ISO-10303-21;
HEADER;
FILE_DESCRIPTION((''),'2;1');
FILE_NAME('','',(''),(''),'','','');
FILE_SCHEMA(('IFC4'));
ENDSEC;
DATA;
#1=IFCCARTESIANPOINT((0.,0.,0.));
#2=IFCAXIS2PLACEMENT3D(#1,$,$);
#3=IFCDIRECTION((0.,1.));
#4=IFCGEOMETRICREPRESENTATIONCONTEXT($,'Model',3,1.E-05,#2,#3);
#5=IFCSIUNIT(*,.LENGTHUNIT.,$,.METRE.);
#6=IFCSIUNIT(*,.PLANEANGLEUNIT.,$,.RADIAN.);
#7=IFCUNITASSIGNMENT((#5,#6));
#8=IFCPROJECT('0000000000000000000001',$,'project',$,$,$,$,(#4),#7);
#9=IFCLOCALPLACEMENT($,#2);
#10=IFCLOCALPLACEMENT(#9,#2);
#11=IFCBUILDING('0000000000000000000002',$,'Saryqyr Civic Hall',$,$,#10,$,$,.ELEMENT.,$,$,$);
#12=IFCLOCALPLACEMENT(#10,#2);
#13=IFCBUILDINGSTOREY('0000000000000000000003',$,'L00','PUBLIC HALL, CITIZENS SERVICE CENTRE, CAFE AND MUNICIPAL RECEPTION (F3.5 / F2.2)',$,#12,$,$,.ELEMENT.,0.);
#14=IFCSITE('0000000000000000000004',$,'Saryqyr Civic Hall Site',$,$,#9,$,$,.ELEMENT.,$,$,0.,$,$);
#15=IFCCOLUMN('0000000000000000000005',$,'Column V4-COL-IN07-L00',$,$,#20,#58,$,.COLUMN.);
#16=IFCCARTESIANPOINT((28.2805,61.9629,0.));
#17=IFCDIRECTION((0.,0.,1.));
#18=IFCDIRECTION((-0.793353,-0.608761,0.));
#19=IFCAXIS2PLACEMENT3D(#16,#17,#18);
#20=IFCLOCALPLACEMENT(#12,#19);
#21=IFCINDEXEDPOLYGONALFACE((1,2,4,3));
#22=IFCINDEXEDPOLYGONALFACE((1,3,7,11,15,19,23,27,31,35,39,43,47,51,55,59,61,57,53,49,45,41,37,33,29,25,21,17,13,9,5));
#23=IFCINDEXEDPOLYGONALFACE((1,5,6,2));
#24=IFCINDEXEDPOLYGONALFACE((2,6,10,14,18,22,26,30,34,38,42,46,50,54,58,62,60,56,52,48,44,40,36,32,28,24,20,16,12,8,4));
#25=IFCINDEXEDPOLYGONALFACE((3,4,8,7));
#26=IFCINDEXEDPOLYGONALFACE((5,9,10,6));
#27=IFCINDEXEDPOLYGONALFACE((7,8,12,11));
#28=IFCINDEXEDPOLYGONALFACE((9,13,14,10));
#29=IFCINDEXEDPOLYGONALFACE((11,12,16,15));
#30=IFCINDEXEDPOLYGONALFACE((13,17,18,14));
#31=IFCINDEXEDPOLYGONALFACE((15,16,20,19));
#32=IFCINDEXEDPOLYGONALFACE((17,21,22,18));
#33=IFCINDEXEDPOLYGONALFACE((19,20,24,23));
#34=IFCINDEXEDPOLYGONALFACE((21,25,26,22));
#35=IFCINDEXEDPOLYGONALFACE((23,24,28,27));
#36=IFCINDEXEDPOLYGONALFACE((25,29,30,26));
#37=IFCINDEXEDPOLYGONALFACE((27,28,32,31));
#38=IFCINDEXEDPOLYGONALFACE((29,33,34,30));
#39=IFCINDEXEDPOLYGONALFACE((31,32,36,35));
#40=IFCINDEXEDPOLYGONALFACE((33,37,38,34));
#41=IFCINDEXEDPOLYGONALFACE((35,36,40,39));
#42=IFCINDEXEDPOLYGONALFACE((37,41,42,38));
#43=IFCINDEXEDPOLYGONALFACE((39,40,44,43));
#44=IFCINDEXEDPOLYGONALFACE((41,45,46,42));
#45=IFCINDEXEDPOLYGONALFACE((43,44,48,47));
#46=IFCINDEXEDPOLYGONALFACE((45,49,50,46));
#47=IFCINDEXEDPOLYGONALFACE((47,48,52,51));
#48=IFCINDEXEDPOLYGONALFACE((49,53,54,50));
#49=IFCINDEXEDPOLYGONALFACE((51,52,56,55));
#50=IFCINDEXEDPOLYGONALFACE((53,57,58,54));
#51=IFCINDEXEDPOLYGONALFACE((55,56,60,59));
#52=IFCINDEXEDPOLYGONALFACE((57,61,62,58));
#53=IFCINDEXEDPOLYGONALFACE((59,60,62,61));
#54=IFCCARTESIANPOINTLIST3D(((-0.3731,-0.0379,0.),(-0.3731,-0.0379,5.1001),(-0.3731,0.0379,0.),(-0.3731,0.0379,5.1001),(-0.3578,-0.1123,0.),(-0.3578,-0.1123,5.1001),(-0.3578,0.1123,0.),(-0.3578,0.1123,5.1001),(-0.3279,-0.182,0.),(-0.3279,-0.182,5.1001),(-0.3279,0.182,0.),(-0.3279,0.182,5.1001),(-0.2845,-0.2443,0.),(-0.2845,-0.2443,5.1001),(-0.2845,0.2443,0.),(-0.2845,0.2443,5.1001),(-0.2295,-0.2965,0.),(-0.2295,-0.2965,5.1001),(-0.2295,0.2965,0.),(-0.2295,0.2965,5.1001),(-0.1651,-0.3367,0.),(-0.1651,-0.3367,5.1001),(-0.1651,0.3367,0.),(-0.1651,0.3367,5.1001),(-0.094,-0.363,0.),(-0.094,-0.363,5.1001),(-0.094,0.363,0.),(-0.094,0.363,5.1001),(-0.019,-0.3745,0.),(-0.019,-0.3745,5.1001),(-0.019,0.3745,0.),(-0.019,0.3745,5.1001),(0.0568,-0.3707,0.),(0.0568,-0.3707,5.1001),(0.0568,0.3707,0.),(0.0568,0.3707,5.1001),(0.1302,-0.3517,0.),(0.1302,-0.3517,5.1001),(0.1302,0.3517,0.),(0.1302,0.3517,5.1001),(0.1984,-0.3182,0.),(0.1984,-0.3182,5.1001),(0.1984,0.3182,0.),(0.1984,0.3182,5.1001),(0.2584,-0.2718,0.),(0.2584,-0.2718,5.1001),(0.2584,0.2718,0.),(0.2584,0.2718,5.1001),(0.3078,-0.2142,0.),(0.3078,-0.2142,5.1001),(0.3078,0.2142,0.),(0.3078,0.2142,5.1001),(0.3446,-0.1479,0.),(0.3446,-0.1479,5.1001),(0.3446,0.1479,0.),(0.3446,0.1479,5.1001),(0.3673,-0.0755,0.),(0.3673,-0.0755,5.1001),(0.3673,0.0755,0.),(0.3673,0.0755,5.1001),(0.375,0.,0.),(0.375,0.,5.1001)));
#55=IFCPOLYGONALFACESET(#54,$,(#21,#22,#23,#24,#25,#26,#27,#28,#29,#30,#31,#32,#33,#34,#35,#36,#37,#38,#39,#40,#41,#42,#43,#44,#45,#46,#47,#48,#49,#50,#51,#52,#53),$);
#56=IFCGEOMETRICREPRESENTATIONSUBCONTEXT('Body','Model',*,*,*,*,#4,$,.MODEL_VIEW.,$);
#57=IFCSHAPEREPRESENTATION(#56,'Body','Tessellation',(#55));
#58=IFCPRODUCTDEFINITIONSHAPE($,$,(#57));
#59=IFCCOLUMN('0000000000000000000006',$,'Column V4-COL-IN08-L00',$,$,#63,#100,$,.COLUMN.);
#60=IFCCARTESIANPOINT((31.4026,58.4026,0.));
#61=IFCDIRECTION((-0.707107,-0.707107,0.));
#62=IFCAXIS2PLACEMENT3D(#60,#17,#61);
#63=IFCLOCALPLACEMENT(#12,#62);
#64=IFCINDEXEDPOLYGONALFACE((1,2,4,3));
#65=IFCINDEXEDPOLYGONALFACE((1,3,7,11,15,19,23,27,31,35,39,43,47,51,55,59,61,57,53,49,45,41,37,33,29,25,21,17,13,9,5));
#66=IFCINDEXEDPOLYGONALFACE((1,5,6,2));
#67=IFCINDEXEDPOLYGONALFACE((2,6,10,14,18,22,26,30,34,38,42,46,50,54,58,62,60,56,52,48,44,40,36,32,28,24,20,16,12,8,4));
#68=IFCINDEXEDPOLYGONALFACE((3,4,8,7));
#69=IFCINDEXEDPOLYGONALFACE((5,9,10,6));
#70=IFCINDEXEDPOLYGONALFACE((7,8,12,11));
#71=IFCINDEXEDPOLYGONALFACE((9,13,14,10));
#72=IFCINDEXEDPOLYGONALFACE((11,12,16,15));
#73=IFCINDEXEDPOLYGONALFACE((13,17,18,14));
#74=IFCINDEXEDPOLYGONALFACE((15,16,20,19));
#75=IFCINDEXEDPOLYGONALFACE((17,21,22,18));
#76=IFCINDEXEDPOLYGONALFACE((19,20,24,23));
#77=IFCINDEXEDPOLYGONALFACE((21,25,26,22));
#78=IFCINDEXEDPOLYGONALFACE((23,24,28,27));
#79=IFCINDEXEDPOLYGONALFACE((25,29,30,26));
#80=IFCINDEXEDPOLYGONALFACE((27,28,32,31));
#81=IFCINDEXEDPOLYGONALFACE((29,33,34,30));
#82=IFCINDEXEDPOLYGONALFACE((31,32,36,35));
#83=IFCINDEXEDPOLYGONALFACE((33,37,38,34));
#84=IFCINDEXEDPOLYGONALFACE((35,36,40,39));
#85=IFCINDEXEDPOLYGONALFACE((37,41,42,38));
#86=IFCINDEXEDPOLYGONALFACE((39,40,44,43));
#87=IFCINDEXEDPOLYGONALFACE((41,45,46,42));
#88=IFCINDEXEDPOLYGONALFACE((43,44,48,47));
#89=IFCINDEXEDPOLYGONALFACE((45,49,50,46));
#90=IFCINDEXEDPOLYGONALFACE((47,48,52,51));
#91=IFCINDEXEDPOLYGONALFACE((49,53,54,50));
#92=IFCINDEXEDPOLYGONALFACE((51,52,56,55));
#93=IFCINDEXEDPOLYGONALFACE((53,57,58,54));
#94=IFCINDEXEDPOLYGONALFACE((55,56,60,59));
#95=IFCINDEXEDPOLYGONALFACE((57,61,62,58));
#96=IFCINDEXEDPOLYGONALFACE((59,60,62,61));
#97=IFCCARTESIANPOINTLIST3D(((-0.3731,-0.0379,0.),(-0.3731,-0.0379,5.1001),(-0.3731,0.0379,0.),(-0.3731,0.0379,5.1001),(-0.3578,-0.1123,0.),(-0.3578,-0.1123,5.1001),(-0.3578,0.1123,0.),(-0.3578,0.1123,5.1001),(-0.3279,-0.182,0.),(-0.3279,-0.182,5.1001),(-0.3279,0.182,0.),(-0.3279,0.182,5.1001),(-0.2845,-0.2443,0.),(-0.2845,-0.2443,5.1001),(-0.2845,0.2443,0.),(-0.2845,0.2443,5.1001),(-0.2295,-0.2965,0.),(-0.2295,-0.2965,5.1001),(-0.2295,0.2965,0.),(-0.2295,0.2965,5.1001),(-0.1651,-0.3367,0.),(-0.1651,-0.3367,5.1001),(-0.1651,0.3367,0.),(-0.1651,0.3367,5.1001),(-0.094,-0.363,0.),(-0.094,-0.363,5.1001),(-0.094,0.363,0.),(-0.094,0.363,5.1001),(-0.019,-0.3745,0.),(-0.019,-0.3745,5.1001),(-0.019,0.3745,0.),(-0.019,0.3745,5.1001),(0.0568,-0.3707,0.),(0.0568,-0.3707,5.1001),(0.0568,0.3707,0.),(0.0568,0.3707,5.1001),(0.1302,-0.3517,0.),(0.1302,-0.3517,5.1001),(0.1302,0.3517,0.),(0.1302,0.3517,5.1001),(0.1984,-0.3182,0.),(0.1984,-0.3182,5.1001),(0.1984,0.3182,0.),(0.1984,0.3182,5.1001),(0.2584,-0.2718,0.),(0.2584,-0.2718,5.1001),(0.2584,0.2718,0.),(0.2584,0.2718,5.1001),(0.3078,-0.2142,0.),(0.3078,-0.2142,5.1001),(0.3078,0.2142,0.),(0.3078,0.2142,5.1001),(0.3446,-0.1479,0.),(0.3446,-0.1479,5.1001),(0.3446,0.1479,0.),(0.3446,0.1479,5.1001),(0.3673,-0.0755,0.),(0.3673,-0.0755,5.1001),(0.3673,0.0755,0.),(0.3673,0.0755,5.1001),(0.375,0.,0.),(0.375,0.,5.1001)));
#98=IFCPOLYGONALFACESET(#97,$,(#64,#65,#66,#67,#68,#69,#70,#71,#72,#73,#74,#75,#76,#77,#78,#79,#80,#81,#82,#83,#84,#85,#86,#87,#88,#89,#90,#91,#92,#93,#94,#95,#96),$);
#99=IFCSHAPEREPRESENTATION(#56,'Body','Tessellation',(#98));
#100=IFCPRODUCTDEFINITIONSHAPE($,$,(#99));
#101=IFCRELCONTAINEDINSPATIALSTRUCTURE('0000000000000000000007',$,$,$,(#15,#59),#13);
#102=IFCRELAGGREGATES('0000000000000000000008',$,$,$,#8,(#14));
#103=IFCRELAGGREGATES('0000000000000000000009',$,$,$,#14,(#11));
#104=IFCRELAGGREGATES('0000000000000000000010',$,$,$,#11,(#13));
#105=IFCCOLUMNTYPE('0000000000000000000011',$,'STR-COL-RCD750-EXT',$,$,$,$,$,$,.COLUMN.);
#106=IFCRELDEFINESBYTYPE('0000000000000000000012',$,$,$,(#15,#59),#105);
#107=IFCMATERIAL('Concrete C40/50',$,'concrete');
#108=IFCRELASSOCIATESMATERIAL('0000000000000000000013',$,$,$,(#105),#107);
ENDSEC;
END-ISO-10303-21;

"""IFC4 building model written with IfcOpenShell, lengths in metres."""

from ifc_helpers import new_model, si_unit, direction, frame, origin, origin_2d, place, context, subcontext, project, spatial, circle, extrude, material, material_profile, profile_set, type_object, element, save


model = new_model("IFC4")

# Units and contexts
model_context = context("Model", 3, precision=1e-05, world=origin(), true_north=direction((0.0, 1.0)))
body_context = subcontext(model_context, "Body", "Model", "MODEL_VIEW")
ifc_project = project(units=[si_unit("LENGTHUNIT", "METRE"), si_unit("PLANEANGLEUNIT", "RADIAN")], contexts=[model_context])

# Site, building, storey
site_placement = place(None, origin())
site = spatial("IfcSite", under=ifc_project, at=site_placement, Name="Saryqyr Civic Hall Site", CompositionType="ELEMENT", RefElevation=0.0)
building_placement = place(site_placement, origin())
building = spatial("IfcBuilding", under=site, at=building_placement, Name="Saryqyr Civic Hall", CompositionType="ELEMENT")
storey_placement = place(building_placement, origin())
storey = spatial("IfcBuildingStorey", under=building, at=storey_placement, Name="L00", Description="PUBLIC HALL, CITIZENS SERVICE CENTRE, CAFE AND MUNICIPAL RECEPTION (F3.5 / F2.2)", CompositionType="ELEMENT", Elevation=0.0)

# Columns
ifc_material_1 = material(Name="Concrete C40/50", Category="concrete")
ifc_material_profile_1 = material_profile(ifc_material_1, circle(Radius=0.375, at=origin_2d()), Name="RC D750")
ifc_profile_set_1 = profile_set([ifc_material_profile_1], Name="Concrete C40/50")
column_type_1 = type_object("IfcColumnType", Name="STR-COL-RCD750-EXT", PredefinedType="COLUMN", material=ifc_profile_set_1)
for number, where, z_axis, x_axis, name in (
    (1, (28.2805, 61.9629, 0.0), (0.0, 0.0, 1.0), (-0.793353, -0.608761, 0.0), "Column V4-COL-IN07-L00"),
    (2, (31.4026, 58.4026, 0.0), (0.0, 0.0, 1.0), (-0.707107, -0.707107, 0.0), "Column V4-COL-IN08-L00"),
):
    element("IfcColumn", number, at=place(storey_placement, frame(where, z_axis=z_axis, x_axis=x_axis)), inside=storey, type_object=column_type_1, Name=name, PredefinedType="COLUMN", context=body_context, shape_type="SweptSolid", body=[
        extrude(circle(Radius=0.375, at=origin_2d()), origin(), (0.0, 0.0, 1.0), 5.1001),
    ])

save(model, "model.ifc")
